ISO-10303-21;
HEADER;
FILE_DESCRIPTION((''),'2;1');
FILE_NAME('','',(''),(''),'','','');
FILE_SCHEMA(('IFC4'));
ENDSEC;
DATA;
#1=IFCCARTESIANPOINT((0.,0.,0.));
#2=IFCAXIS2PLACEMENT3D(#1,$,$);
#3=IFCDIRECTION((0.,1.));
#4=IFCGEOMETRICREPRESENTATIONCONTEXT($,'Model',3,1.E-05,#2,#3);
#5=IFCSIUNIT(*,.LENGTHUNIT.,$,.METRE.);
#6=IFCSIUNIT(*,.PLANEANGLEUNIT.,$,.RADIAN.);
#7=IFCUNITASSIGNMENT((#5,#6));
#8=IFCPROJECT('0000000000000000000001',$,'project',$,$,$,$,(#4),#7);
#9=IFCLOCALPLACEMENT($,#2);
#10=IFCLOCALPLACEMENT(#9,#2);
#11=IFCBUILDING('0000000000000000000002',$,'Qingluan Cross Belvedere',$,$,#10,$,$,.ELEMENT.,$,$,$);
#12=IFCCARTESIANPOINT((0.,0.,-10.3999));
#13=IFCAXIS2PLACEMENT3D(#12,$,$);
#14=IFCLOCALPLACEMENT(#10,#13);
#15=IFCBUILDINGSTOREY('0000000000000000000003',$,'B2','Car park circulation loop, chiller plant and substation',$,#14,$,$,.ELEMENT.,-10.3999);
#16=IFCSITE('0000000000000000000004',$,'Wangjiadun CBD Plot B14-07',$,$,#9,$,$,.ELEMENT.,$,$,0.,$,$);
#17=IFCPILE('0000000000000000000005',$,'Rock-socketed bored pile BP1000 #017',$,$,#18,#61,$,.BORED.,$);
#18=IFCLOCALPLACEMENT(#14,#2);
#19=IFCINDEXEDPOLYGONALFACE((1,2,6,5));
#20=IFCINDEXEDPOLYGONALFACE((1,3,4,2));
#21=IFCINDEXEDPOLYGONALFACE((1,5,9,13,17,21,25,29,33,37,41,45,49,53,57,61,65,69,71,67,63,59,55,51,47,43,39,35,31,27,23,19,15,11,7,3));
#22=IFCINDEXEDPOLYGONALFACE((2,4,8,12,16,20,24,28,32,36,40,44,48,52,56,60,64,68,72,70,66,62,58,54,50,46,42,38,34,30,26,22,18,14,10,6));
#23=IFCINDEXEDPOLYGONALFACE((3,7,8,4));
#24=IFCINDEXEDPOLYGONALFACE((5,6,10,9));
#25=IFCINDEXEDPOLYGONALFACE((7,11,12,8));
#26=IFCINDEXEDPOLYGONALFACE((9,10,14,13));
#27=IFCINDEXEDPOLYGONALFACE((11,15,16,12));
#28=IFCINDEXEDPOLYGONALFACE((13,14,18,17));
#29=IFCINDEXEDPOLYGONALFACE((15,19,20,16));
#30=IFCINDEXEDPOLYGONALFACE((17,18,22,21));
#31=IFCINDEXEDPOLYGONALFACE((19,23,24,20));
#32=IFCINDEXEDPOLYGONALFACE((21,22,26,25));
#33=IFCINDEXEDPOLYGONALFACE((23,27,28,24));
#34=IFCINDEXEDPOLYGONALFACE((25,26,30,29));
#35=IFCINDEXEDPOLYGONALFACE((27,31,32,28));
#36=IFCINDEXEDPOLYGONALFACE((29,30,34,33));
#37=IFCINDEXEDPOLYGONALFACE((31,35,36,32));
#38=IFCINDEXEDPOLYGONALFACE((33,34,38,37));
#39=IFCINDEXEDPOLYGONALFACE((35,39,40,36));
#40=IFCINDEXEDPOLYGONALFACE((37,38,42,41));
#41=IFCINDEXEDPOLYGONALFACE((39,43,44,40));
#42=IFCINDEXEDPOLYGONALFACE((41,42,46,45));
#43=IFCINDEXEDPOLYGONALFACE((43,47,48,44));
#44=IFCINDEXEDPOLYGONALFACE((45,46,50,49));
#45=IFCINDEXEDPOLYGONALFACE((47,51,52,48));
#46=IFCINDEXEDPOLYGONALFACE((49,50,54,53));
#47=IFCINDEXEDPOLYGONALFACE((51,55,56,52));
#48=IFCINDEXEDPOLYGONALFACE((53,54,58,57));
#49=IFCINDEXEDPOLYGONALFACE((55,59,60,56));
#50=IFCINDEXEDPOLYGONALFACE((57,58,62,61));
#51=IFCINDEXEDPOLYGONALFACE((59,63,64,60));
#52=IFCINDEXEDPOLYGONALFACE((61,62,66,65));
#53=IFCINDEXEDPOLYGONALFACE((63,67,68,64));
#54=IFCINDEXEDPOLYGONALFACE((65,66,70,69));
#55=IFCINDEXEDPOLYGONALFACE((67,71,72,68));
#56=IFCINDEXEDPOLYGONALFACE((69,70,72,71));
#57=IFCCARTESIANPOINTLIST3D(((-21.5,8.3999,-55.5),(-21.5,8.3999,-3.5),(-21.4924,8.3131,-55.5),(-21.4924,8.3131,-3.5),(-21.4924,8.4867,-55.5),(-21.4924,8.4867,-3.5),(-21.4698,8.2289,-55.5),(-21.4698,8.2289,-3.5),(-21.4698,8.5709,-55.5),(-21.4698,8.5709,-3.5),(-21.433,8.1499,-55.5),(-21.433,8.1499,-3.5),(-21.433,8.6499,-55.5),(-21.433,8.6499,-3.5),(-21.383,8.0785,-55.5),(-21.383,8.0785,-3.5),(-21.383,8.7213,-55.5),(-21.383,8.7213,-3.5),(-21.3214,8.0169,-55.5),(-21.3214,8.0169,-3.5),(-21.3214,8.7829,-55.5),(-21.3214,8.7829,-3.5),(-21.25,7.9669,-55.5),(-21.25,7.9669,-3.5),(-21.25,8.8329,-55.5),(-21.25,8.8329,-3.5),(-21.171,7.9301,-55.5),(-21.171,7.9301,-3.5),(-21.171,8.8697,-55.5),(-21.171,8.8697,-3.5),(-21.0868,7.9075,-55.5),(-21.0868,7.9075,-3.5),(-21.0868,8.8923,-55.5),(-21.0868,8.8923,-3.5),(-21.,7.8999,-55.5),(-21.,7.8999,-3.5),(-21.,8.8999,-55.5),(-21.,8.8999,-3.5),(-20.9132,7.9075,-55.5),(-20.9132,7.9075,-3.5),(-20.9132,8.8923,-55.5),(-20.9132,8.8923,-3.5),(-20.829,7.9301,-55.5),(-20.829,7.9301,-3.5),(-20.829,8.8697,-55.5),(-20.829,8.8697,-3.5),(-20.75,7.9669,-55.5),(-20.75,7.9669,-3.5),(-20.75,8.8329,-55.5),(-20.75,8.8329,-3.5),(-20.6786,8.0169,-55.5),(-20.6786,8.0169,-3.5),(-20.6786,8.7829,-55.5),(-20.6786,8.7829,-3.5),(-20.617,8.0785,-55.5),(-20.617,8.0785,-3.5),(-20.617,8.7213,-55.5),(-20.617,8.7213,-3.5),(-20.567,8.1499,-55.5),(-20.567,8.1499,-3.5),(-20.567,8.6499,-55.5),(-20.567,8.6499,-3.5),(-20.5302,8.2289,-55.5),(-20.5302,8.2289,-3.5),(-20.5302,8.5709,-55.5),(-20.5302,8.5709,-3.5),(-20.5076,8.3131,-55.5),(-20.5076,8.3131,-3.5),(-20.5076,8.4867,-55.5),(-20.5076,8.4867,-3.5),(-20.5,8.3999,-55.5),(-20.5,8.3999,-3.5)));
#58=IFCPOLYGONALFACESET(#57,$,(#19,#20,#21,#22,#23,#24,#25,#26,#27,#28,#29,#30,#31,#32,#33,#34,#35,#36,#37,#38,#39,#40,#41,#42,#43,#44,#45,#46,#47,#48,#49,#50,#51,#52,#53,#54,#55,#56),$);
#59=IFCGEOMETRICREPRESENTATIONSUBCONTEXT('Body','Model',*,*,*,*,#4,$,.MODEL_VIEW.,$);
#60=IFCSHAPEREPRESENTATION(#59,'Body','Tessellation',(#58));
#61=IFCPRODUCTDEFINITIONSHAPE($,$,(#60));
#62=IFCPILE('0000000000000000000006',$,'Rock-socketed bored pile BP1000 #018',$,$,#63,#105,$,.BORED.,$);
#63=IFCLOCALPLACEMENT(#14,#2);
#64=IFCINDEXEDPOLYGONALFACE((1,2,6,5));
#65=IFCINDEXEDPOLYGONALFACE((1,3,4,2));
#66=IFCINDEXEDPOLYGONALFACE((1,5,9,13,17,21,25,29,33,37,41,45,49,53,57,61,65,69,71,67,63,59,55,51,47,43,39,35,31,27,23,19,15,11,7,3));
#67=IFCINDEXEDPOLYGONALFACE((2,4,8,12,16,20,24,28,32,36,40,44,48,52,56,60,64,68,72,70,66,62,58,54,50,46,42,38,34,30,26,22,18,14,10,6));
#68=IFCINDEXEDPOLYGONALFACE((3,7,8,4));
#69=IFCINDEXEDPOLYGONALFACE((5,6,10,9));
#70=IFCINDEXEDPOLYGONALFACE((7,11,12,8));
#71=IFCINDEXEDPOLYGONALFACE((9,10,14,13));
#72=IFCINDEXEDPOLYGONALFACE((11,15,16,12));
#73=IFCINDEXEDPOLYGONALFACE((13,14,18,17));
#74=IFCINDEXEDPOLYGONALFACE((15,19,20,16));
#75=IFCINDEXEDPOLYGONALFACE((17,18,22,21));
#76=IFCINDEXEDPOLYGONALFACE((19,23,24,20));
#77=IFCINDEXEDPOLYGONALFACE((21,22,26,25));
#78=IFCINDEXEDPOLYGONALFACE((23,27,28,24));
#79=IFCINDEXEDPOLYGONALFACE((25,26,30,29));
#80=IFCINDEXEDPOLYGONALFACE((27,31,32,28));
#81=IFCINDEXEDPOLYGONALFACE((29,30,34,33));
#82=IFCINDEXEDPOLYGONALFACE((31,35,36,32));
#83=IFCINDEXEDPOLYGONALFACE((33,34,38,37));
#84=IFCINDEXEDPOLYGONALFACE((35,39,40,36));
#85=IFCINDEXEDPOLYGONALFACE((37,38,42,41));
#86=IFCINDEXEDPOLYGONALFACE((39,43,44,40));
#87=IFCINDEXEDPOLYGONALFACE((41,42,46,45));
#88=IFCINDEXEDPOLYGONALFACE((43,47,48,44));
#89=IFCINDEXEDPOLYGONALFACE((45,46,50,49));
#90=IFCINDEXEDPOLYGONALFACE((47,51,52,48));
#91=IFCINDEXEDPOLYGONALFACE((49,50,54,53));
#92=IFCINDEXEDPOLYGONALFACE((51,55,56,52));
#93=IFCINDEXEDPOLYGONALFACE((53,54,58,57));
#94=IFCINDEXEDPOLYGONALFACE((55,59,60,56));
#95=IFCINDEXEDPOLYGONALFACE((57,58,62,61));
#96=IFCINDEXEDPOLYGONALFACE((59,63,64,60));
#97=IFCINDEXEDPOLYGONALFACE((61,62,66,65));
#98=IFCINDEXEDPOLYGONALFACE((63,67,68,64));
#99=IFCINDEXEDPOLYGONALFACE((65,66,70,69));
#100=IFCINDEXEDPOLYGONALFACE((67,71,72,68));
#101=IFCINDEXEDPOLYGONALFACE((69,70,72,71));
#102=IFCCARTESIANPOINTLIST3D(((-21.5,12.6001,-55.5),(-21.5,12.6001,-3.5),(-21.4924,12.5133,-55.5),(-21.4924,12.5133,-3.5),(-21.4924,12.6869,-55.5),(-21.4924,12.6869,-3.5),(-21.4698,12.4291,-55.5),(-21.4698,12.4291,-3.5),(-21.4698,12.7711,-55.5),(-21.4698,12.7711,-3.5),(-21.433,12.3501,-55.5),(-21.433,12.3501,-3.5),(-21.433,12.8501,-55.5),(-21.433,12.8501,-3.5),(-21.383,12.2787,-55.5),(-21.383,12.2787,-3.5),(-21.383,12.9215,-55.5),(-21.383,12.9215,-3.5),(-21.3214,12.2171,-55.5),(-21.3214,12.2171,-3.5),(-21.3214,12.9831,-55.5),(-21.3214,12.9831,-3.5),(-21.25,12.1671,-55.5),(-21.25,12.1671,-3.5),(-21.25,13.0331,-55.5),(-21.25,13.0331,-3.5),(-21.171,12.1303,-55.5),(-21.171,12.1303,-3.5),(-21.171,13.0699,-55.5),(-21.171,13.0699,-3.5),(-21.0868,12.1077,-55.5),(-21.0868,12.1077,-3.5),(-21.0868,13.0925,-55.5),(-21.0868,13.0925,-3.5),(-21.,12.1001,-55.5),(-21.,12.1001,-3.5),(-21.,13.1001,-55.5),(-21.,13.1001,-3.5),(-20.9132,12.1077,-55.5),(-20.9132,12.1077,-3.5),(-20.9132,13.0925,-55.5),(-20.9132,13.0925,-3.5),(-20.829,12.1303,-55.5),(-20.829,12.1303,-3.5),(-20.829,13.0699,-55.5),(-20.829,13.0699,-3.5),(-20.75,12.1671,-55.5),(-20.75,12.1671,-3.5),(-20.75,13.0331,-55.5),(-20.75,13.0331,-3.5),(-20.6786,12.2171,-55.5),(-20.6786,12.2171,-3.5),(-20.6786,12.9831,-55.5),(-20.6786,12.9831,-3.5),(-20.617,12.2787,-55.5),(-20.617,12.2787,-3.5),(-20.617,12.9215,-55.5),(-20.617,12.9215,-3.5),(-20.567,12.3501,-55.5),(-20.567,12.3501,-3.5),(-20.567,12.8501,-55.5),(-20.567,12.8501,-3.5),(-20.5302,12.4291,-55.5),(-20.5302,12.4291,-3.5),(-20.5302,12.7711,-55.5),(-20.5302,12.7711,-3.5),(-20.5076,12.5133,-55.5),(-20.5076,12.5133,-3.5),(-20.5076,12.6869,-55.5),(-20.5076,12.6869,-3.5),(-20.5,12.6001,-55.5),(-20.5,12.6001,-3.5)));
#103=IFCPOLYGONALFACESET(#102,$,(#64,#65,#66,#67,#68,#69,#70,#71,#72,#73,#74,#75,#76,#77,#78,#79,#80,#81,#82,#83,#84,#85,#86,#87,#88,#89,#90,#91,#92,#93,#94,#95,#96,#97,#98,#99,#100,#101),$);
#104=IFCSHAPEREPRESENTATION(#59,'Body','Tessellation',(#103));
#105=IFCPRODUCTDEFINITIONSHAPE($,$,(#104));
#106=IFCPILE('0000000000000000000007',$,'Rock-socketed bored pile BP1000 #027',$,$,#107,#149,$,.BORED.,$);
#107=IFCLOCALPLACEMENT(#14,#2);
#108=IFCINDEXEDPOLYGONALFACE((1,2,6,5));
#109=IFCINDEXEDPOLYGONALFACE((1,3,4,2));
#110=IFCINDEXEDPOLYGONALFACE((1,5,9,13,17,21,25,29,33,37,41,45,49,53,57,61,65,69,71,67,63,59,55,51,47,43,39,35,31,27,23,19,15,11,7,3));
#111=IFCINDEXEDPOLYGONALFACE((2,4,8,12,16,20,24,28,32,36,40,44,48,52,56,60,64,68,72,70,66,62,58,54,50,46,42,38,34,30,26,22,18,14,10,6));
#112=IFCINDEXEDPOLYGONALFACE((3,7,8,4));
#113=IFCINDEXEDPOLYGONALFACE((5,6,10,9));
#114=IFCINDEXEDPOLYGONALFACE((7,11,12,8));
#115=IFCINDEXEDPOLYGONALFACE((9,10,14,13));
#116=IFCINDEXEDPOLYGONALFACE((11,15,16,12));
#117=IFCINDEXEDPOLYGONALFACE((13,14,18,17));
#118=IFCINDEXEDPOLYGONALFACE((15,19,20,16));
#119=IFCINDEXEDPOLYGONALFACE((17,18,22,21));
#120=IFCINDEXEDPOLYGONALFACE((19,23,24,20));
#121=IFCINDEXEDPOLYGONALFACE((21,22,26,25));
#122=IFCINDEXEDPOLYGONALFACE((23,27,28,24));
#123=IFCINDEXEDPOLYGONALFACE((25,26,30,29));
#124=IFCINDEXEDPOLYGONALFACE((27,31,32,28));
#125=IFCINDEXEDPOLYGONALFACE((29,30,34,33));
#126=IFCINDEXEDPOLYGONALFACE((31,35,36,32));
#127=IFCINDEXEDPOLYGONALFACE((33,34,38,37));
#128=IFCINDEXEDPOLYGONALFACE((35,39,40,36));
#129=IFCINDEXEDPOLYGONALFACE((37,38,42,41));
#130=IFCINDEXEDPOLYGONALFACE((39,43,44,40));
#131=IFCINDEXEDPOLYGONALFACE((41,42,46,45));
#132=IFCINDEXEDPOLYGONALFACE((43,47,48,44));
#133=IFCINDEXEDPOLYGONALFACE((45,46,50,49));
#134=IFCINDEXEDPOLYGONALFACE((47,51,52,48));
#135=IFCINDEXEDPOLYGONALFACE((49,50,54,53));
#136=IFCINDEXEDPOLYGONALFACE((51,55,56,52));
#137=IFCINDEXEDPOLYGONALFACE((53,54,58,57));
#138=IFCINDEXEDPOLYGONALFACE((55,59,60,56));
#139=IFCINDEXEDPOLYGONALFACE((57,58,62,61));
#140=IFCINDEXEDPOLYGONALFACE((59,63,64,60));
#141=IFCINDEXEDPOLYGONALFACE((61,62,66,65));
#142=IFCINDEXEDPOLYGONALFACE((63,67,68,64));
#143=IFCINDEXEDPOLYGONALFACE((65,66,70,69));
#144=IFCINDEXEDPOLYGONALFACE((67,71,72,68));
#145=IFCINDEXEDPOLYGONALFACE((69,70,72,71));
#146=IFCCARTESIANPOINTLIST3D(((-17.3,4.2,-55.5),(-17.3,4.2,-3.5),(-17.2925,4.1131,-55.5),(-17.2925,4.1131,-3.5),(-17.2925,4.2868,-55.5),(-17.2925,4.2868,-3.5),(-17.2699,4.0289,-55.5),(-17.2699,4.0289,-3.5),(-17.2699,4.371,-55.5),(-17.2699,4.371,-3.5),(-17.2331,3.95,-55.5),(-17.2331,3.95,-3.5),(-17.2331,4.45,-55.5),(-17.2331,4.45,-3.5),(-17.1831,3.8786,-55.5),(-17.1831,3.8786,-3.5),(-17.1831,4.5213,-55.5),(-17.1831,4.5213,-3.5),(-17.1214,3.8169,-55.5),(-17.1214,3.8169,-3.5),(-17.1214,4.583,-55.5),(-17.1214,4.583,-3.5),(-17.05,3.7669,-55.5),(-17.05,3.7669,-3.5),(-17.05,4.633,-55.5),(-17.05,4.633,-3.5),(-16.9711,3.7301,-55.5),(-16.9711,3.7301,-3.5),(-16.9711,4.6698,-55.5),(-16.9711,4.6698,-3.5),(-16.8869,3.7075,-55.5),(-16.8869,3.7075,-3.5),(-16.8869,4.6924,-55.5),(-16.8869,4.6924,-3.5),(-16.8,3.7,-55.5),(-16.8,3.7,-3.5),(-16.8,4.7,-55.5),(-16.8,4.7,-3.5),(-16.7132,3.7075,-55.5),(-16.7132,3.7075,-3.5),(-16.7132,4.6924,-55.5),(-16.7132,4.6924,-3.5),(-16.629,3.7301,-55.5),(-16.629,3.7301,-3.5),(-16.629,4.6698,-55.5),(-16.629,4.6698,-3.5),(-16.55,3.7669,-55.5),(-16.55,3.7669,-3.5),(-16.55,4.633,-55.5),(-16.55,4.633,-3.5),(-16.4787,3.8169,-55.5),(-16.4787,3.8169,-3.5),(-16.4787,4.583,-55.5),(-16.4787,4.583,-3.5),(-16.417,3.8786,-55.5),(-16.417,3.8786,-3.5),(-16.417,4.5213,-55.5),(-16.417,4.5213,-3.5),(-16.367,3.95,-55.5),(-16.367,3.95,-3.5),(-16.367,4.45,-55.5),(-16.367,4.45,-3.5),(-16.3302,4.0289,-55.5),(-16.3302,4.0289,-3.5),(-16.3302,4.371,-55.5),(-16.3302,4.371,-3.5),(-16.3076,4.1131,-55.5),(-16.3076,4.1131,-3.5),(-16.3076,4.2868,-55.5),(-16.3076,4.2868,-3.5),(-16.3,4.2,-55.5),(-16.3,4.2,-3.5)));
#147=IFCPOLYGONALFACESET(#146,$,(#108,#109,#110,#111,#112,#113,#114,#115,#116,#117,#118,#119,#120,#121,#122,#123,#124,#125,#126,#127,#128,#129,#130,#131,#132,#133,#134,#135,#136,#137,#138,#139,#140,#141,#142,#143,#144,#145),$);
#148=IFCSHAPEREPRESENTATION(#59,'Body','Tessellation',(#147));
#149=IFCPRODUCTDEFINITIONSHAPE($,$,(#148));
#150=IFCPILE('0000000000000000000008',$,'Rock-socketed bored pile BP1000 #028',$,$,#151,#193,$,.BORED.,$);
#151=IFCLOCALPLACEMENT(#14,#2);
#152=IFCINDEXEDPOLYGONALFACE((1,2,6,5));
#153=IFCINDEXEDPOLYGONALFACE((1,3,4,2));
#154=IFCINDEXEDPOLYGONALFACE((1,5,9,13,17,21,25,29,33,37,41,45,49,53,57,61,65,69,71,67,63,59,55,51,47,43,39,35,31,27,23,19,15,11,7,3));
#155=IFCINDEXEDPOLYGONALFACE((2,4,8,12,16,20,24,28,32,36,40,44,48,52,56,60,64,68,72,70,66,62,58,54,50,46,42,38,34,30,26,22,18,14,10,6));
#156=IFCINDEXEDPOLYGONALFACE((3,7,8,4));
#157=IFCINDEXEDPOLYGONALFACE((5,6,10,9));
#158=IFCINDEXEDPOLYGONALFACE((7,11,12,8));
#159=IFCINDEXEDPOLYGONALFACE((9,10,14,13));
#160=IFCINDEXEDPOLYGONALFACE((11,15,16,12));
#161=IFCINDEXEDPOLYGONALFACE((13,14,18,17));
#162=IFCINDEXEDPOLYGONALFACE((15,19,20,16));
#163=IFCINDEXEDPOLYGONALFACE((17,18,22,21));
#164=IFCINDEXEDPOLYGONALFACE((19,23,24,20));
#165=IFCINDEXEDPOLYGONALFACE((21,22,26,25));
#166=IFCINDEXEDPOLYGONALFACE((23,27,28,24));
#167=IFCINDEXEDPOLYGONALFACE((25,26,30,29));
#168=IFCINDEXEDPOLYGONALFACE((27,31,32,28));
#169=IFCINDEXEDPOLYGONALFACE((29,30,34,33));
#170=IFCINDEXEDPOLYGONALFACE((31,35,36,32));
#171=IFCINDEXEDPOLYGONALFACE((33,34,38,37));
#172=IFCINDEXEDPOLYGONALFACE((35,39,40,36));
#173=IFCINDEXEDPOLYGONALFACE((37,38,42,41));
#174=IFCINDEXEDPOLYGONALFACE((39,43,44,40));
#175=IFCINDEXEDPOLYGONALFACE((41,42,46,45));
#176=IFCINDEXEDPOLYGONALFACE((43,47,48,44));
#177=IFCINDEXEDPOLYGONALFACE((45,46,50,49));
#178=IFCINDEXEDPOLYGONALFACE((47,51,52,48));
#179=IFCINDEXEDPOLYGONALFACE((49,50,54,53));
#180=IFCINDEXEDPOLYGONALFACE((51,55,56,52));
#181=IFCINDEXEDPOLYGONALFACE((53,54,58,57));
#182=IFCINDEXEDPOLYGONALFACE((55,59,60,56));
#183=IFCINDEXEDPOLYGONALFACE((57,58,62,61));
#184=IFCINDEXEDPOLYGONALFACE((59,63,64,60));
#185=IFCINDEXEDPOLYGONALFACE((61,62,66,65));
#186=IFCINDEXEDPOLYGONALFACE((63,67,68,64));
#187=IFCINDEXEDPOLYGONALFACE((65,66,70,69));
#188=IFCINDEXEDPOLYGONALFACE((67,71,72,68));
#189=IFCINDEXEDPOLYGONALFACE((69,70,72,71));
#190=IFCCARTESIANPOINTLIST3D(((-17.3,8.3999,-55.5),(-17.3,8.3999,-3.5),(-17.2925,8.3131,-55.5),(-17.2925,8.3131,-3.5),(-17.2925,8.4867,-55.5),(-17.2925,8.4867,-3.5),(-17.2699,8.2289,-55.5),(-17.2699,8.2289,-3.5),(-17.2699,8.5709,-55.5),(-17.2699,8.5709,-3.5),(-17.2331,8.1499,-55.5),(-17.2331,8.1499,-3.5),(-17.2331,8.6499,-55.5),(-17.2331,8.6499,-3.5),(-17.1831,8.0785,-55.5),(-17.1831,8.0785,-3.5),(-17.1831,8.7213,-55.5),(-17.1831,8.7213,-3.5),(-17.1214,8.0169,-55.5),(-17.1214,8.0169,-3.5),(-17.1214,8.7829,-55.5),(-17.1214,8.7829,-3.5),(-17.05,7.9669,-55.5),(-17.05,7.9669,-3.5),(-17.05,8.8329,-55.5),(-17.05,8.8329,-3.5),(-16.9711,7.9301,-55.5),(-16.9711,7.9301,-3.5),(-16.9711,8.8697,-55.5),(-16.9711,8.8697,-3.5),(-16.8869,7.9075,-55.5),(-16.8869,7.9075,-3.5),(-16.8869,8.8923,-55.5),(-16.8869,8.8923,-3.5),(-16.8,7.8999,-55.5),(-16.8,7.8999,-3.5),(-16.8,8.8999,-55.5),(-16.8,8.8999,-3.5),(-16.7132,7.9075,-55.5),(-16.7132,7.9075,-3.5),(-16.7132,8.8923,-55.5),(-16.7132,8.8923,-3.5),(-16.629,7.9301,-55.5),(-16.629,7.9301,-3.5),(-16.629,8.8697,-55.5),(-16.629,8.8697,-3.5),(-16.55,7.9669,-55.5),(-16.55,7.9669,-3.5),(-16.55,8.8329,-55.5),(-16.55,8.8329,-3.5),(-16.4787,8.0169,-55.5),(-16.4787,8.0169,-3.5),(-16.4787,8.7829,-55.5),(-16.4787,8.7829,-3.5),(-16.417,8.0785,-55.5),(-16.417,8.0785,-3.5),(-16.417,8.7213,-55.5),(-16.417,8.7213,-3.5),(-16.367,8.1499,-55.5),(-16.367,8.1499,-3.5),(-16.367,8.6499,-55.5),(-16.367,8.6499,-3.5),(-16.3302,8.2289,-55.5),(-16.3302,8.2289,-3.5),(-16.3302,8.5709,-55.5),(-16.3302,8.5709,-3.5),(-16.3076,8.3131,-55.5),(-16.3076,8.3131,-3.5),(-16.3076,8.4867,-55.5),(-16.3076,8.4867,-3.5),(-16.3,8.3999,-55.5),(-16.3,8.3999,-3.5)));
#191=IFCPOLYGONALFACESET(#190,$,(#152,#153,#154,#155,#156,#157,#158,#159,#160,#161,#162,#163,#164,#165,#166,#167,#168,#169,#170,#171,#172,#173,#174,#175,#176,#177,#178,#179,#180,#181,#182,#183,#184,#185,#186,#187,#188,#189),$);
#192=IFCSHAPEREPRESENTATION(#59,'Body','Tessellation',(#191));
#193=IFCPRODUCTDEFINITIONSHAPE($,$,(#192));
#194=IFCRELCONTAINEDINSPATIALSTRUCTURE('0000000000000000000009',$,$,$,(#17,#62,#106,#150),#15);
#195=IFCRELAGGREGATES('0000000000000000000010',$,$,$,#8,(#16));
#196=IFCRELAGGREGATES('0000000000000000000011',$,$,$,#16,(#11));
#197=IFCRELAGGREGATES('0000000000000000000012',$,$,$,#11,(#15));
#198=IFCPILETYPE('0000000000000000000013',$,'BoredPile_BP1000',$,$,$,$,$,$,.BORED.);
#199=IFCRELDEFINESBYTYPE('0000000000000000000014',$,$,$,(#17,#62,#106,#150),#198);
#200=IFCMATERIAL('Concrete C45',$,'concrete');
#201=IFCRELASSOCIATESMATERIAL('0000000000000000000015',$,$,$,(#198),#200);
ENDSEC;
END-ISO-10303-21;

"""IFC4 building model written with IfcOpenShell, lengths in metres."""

from ifc_helpers import new_model, si_unit, direction, frame, origin, origin_2d, place, context, subcontext, project, spatial, circle, extrude, material, material_profile, profile_set, type_object, element, save


model = new_model("IFC4")

# Units and contexts
model_context = context("Model", 3, precision=1e-05, world=origin(), true_north=direction((0.0, 1.0)))
body_context = subcontext(model_context, "Body", "Model", "MODEL_VIEW")
ifc_project = project(units=[si_unit("LENGTHUNIT", "METRE"), si_unit("PLANEANGLEUNIT", "RADIAN")], contexts=[model_context])

# Site, building, storey
site_placement = place(None, origin())
site = spatial("IfcSite", under=ifc_project, at=site_placement, Name="Wangjiadun CBD Plot B14-07", CompositionType="ELEMENT", RefElevation=0.0)
building_placement = place(site_placement, origin())
building = spatial("IfcBuilding", under=site, at=building_placement, Name="Qingluan Cross Belvedere", CompositionType="ELEMENT")
storey_placement = place(building_placement, frame((0.0, 0.0, -10.3999)))
storey = spatial("IfcBuildingStorey", under=building, at=storey_placement, Name="B2", Description="Car park circulation loop, chiller plant and substation", CompositionType="ELEMENT", Elevation=-10.3999)

# Piles
ifc_material_1 = material(Name="Concrete C45", Category="concrete")
ifc_material_profile_1 = material_profile(ifc_material_1, circle(Radius=0.5, at=origin_2d()), Name="BP1000")
ifc_profile_set_1 = profile_set([ifc_material_profile_1], Name="Concrete C45")
pile_type_1 = type_object("IfcPileType", Name="BoredPile_BP1000", PredefinedType="BORED", material=ifc_profile_set_1)
for number, where, z_axis, x_axis, name in (
    (1, (-21.0, 8.3999, -3.5), (0.0, 0.0, -1.0), (1.0, 0.0, 0.0), "Rock-socketed bored pile BP1000 #017"),
    (2, (-21.0, 12.6001, -3.5), (0.0, 0.0, -1.0), (1.0, 0.0, 0.0), "Rock-socketed bored pile BP1000 #018"),
    (3, (-16.8, 4.2, -3.5), (0.0, 0.0, -1.0), (1.0, 0.0, 0.0), "Rock-socketed bored pile BP1000 #027"),
    (4, (-16.8, 8.3999, -3.5), (0.0, 0.0, -1.0), (1.0, 0.0, 0.0), "Rock-socketed bored pile BP1000 #028"),
):
    element("IfcPile", number, at=place(storey_placement, frame(where, z_axis=z_axis, x_axis=x_axis)), inside=storey, type_object=pile_type_1, Name=name, PredefinedType="BORED", context=body_context, shape_type="SweptSolid", body=[
        extrude(circle(Radius=0.5, at=origin_2d()), origin(), (0.0, 0.0, 1.0), 52.0),
    ])

save(model, "model.ifc")
